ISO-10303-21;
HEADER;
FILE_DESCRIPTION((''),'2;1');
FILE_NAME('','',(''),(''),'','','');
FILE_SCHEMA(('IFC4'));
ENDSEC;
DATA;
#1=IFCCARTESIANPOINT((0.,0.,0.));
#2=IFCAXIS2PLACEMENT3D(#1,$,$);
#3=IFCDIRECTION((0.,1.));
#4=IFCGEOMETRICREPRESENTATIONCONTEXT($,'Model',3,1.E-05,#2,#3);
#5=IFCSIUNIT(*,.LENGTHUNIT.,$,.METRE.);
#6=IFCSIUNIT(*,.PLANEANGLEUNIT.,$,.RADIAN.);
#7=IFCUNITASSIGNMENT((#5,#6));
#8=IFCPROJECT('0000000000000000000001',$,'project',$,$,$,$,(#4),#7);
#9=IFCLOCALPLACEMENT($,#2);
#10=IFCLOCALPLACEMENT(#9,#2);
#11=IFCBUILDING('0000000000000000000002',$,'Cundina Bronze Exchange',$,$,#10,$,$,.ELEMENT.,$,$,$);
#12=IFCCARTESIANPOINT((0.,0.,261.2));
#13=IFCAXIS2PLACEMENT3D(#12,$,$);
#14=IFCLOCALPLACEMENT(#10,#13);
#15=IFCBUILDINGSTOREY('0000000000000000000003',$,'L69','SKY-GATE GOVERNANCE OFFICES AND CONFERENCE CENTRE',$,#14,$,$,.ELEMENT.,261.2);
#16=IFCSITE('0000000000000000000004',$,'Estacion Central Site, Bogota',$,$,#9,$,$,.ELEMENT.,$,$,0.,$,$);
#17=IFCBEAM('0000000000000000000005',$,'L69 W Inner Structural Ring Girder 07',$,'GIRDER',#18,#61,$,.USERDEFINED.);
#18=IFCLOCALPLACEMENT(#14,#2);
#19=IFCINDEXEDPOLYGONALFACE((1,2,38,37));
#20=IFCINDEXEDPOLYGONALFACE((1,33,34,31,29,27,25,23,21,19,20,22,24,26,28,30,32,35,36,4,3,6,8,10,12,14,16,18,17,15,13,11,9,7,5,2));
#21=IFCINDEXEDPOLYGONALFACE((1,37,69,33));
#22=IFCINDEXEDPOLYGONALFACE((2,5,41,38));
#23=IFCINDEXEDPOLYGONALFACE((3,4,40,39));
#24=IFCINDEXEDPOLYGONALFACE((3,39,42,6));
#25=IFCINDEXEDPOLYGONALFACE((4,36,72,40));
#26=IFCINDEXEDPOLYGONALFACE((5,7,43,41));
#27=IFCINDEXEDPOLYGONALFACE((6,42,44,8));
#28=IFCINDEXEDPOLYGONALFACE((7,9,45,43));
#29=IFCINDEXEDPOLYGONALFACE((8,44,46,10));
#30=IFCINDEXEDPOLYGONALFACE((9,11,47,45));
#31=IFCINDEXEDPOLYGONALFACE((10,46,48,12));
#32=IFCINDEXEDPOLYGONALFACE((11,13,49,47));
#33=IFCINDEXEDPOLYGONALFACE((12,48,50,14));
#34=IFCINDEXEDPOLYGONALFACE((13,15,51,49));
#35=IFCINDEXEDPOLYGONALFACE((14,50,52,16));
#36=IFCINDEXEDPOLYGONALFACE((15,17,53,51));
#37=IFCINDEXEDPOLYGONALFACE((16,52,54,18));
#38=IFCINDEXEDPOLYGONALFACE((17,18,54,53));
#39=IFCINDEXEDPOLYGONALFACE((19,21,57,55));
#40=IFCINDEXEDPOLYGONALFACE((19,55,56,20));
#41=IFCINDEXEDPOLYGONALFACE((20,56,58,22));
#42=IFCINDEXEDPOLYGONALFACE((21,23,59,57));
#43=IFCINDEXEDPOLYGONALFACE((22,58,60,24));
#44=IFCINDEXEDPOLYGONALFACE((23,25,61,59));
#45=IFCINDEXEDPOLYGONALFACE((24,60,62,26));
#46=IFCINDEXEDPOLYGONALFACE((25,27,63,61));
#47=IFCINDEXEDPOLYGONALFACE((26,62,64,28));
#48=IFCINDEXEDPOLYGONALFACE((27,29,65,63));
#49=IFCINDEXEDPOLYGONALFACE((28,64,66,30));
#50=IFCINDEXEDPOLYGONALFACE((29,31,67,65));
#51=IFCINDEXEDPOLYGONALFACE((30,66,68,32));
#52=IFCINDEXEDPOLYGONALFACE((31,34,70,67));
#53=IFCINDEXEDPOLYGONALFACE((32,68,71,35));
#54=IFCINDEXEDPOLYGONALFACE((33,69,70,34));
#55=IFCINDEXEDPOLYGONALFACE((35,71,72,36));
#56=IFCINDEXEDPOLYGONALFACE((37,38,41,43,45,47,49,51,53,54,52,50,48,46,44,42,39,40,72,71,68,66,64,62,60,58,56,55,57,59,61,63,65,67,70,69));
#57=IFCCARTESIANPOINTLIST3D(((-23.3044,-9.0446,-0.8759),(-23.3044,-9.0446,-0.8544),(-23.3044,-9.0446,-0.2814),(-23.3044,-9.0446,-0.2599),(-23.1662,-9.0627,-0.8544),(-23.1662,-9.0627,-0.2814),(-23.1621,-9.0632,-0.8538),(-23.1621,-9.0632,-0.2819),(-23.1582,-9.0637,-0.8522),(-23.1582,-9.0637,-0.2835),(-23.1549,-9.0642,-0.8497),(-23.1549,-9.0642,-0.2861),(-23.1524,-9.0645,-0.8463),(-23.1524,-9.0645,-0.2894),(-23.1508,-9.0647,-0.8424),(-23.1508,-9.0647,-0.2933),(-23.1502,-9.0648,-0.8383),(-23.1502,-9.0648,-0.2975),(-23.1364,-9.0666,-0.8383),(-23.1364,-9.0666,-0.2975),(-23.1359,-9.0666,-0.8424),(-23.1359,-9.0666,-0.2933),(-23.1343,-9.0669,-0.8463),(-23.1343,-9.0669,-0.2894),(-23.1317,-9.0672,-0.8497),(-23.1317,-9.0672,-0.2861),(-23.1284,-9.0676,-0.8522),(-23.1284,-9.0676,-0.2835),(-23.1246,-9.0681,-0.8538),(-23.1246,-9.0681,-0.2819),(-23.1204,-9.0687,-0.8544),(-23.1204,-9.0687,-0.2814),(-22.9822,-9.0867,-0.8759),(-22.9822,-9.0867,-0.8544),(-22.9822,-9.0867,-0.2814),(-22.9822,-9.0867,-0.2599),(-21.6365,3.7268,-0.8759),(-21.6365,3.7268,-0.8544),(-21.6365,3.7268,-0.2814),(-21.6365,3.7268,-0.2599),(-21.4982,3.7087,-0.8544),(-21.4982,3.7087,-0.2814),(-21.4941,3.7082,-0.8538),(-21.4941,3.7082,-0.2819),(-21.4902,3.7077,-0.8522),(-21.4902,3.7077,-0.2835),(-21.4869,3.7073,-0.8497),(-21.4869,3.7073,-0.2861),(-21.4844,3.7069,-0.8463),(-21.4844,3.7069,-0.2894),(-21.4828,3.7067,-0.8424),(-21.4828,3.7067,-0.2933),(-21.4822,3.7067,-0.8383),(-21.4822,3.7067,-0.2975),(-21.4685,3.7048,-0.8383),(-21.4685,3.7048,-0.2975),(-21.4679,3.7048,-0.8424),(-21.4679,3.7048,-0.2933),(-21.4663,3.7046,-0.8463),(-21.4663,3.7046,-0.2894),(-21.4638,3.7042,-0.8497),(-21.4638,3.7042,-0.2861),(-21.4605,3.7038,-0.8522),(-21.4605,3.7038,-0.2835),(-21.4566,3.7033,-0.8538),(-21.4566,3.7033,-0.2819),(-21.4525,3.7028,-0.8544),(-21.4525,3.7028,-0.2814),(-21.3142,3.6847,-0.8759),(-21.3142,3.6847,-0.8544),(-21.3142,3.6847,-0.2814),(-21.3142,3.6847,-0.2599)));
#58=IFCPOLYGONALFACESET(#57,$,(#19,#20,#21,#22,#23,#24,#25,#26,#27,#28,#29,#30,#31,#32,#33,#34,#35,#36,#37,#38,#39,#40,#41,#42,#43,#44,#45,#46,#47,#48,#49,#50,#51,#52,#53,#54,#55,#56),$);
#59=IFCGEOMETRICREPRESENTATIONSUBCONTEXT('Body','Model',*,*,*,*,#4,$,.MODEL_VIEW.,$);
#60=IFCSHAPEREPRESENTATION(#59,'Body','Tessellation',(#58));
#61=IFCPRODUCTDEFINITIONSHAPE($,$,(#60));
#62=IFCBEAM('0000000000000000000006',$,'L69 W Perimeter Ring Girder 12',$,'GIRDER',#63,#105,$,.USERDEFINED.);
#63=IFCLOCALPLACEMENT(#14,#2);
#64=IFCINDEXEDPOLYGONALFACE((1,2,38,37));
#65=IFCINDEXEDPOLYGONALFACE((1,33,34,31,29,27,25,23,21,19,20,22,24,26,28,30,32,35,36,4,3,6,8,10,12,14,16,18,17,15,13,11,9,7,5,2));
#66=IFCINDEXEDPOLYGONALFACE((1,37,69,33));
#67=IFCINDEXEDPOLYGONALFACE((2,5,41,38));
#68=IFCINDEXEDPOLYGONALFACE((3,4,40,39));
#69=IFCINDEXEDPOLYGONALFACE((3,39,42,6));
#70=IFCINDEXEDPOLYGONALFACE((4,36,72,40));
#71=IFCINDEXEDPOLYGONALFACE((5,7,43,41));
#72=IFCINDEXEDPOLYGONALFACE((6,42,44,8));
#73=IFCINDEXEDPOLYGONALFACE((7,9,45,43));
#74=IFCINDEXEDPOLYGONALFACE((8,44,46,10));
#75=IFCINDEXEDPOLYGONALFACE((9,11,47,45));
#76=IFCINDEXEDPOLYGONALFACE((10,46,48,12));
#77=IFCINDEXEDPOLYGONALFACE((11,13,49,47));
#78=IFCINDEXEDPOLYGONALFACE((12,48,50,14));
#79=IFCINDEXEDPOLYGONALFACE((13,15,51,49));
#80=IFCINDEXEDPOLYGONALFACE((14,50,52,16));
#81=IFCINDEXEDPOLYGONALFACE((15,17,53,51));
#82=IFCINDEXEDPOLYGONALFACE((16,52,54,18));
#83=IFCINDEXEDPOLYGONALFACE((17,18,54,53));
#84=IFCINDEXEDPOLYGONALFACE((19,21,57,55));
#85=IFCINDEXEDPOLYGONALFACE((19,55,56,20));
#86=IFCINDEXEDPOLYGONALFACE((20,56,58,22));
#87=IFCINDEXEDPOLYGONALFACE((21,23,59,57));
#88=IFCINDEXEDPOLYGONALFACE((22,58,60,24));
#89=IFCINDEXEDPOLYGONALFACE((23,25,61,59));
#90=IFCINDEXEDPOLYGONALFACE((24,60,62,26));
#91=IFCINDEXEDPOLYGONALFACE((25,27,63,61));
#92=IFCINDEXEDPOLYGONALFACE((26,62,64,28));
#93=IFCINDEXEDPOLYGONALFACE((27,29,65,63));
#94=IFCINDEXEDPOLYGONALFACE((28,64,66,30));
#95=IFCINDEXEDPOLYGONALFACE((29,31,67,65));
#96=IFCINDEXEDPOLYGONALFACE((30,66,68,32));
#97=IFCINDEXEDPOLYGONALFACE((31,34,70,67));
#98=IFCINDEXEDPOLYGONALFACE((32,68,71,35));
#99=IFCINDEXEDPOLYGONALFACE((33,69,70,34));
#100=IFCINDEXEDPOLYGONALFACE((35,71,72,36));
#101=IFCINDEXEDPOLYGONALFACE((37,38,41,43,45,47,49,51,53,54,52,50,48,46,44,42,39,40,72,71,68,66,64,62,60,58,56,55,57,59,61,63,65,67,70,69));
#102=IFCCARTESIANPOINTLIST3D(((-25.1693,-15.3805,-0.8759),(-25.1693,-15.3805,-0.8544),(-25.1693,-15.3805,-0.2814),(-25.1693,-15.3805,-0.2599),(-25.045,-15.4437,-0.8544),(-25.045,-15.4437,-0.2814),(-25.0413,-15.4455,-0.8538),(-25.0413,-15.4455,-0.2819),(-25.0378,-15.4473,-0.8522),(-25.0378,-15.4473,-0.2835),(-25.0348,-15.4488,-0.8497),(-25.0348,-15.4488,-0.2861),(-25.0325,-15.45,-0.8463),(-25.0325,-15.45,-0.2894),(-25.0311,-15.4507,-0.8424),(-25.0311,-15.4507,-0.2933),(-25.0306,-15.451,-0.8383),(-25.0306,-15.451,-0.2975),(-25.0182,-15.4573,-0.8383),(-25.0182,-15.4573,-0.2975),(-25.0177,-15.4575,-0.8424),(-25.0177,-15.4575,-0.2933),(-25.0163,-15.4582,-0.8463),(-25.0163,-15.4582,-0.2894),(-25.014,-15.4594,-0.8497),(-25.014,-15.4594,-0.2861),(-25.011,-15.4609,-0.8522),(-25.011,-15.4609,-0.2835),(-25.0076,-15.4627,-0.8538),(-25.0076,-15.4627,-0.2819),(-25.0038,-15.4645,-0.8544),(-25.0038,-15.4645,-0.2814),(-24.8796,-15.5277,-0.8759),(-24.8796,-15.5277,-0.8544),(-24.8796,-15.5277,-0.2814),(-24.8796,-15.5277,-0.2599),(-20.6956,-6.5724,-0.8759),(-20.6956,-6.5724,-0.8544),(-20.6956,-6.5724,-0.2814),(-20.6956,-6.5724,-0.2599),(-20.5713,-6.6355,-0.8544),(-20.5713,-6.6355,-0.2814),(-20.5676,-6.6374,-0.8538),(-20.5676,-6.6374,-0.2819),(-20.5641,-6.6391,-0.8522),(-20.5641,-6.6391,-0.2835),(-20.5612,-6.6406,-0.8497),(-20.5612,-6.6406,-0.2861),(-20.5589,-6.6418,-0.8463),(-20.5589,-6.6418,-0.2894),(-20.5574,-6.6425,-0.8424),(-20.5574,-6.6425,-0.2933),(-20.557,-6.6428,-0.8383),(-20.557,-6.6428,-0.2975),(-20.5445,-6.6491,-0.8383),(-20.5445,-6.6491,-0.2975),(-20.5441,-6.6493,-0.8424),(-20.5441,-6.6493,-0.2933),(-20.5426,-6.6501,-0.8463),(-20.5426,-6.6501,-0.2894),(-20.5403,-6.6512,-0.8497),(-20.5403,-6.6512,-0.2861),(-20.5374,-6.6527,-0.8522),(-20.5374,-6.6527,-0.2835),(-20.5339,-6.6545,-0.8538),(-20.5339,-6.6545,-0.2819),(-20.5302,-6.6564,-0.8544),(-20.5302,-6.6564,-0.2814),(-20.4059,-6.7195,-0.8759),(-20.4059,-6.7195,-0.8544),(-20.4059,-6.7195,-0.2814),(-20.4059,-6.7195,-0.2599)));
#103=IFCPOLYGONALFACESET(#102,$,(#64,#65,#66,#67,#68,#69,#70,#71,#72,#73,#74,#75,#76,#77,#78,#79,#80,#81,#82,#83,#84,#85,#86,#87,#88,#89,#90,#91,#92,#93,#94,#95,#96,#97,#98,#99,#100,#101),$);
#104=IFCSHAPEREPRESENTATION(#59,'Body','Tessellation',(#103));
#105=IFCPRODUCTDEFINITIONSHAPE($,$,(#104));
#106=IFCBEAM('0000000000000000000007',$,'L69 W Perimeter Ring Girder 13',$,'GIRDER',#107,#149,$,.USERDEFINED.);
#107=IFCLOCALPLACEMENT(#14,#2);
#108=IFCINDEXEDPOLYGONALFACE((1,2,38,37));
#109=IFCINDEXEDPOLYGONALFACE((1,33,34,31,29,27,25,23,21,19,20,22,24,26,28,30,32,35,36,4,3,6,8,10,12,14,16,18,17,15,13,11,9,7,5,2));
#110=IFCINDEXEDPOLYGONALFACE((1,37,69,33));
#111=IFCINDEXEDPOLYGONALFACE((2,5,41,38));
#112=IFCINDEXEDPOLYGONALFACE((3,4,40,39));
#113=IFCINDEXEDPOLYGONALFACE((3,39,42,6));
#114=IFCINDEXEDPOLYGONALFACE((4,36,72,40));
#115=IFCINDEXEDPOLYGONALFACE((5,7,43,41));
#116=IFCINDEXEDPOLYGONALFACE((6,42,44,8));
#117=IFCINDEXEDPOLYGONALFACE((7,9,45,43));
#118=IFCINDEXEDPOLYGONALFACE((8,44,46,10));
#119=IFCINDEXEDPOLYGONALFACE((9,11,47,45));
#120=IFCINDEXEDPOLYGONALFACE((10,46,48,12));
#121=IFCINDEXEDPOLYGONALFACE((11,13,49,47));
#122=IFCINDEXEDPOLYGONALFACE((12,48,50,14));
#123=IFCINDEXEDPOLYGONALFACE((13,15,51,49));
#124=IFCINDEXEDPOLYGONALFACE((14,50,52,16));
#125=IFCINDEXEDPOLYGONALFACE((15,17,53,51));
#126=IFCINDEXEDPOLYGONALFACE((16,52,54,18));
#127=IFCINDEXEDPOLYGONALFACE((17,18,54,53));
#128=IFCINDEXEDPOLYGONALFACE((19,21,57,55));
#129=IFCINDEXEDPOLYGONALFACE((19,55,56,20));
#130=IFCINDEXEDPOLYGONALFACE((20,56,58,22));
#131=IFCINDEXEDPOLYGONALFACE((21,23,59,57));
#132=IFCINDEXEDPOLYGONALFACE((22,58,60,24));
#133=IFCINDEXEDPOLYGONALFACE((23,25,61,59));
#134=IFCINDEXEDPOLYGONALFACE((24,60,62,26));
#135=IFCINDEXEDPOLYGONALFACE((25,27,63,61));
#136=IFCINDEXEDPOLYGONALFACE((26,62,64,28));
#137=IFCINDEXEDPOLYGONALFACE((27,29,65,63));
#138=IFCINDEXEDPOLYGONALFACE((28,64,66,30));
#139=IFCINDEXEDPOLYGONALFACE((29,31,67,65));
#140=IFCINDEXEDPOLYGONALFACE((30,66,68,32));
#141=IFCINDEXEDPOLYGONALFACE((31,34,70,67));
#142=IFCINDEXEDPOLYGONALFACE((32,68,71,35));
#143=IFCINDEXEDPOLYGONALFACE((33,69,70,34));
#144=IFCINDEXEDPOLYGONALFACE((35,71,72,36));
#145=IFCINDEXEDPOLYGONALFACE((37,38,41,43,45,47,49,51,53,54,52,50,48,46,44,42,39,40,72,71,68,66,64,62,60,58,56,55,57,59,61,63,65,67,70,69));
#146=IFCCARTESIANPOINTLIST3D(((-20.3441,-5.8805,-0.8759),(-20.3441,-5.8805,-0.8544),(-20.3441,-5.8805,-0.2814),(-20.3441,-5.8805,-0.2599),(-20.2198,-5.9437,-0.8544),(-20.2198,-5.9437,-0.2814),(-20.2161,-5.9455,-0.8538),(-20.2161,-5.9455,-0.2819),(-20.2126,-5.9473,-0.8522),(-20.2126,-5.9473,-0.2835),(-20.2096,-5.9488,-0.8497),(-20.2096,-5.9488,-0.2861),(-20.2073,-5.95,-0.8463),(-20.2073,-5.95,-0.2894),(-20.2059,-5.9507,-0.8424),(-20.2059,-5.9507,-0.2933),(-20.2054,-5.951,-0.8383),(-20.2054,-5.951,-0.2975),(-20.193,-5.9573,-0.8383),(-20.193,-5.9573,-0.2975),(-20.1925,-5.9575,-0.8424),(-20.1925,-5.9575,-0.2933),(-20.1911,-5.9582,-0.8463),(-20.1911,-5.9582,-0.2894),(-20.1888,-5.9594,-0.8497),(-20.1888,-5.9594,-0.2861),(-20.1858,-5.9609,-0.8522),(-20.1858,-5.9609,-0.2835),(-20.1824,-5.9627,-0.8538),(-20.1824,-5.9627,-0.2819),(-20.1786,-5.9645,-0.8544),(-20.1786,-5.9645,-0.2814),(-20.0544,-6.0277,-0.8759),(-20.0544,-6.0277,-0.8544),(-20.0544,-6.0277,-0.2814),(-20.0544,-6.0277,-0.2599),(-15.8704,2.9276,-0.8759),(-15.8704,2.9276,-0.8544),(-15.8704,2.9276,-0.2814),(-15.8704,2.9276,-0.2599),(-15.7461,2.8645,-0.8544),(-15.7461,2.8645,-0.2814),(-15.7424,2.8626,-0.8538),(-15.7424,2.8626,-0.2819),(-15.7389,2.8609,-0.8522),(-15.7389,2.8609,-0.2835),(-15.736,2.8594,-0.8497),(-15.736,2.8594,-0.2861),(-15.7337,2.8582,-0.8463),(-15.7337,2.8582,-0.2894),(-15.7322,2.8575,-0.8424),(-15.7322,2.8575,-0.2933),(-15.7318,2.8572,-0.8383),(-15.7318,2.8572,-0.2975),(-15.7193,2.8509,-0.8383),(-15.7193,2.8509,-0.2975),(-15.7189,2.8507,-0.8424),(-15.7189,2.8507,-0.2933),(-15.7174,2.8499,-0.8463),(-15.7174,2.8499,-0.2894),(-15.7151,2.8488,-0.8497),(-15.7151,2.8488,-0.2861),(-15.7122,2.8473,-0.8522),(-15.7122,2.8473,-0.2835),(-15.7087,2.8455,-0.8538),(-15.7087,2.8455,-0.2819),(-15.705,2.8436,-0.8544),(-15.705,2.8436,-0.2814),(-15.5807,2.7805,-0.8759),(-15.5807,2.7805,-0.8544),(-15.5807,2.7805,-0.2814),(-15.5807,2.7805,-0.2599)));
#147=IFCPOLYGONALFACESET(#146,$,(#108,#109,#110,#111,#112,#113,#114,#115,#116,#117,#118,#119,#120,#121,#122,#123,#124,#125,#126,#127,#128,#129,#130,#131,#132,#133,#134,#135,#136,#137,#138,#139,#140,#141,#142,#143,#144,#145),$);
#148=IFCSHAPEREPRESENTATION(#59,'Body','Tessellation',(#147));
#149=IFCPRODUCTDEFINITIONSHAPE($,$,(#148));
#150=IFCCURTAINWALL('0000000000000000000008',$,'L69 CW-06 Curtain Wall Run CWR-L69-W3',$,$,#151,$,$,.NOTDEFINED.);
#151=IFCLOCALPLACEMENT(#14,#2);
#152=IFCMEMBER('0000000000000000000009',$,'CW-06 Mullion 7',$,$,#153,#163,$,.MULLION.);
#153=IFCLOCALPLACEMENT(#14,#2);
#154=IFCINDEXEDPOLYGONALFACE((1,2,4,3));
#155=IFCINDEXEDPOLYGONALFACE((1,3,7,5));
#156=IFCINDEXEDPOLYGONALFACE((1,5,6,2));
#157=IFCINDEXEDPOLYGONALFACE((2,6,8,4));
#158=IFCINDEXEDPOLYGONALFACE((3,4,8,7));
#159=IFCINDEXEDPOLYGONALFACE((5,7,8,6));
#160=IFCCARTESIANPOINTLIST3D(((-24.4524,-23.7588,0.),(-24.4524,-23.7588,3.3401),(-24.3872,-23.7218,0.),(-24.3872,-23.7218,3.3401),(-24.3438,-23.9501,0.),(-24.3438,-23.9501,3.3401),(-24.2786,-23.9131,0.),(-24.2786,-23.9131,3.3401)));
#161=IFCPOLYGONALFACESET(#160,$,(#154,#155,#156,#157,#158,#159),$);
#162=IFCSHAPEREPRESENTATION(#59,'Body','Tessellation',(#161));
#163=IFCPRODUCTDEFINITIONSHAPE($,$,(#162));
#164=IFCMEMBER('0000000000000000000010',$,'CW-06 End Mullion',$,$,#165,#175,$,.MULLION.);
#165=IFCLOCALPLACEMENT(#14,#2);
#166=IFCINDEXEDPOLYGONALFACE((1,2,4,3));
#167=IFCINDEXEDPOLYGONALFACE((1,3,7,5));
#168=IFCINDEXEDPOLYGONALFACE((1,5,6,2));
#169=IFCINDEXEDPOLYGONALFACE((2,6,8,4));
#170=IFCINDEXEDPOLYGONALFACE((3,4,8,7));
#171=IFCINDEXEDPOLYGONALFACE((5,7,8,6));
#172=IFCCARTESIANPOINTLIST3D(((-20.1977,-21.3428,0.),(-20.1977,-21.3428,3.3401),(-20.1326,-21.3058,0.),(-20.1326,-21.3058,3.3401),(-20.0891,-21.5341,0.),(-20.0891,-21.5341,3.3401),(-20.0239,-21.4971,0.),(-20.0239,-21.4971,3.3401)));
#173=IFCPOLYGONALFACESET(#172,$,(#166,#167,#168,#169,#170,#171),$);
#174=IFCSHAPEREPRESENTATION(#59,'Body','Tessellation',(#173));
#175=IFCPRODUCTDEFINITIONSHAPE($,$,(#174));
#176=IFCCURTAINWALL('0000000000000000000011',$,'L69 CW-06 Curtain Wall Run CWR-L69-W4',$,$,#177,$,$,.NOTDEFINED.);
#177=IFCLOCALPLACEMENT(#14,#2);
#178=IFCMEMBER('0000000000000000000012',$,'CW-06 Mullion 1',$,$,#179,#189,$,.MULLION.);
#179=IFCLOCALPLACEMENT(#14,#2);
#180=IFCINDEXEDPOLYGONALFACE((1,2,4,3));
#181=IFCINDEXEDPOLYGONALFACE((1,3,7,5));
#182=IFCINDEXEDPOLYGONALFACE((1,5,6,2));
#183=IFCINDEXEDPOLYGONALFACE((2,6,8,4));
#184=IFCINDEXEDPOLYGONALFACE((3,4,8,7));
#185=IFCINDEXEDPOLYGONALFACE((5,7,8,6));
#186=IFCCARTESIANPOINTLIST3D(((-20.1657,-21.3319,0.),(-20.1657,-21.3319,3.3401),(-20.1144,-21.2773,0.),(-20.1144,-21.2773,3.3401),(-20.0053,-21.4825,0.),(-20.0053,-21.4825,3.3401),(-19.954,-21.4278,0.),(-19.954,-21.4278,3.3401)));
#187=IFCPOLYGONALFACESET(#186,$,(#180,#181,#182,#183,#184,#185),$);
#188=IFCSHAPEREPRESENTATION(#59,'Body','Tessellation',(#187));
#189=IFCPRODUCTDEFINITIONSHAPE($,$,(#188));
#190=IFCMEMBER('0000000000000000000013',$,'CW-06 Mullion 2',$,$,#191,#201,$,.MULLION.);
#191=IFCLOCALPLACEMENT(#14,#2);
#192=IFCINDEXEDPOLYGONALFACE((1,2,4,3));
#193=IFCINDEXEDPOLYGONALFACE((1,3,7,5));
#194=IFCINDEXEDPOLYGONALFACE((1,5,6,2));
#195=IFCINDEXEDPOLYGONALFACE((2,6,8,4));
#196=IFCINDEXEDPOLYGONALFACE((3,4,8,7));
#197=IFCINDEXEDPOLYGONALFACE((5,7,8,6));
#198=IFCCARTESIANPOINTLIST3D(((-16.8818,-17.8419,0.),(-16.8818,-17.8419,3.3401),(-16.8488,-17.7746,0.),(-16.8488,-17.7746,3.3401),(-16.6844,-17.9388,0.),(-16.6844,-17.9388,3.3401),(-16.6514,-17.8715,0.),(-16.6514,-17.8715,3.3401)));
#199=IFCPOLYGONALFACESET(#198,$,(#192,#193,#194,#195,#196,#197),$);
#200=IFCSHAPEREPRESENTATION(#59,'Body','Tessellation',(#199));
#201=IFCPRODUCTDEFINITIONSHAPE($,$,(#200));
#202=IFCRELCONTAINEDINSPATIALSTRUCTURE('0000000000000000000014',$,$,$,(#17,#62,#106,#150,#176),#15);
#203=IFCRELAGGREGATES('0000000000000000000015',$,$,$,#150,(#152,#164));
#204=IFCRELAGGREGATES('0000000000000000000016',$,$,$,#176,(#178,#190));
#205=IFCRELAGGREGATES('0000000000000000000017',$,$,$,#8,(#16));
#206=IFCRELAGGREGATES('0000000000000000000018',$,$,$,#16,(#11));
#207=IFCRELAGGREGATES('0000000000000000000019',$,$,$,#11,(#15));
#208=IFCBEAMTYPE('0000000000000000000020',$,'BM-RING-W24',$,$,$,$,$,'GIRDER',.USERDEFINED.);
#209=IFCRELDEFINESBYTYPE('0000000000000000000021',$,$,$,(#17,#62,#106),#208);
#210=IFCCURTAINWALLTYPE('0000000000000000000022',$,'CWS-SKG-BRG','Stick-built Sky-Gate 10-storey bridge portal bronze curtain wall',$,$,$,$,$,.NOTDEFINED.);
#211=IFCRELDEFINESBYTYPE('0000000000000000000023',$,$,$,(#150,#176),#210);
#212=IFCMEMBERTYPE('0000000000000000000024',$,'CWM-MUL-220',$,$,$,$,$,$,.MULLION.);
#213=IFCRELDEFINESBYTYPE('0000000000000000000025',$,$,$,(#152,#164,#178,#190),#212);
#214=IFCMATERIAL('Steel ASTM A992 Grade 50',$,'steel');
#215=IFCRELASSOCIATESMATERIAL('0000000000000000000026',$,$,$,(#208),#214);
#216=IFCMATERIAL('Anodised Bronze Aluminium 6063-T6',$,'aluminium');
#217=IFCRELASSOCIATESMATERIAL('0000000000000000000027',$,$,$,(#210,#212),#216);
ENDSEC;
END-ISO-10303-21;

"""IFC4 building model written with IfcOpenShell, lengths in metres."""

from ifc_helpers import new_model, si_unit, direction, frame, origin, origin_2d, place, context, subcontext, project, spatial, rectangle, i_section, extrude, material, material_profile, profile_set, type_object, element, aggregate, save


model = new_model("IFC4")

# Units and contexts
model_context = context("Model", 3, precision=1e-05, world=origin(), true_north=direction((0.0, 1.0)))
body_context = subcontext(model_context, "Body", "Model", "MODEL_VIEW")
ifc_project = project(units=[si_unit("LENGTHUNIT", "METRE"), si_unit("PLANEANGLEUNIT", "RADIAN")], contexts=[model_context])

# Site, building, storey
site_placement = place(None, origin())
site = spatial("IfcSite", under=ifc_project, at=site_placement, Name="Estacion Central Site, Bogota", CompositionType="ELEMENT", RefElevation=0.0)
building_placement = place(site_placement, origin())
building = spatial("IfcBuilding", under=site, at=building_placement, Name="Cundina Bronze Exchange", CompositionType="ELEMENT")
storey_placement = place(building_placement, frame((0.0, 0.0, 261.2)))
storey = spatial("IfcBuildingStorey", under=building, at=storey_placement, Name="L69", Description="SKY-GATE GOVERNANCE OFFICES AND CONFERENCE CENTRE", CompositionType="ELEMENT", Elevation=261.2)

# Beams
ifc_material_1 = material(Name="Steel ASTM A992 Grade 50", Category="steel")
ifc_material_profile_1 = material_profile(ifc_material_1, i_section(OverallWidth=0.325, OverallDepth=0.616, WebThickness=0.0139, FlangeThickness=0.0215, FilletRadius=0.0161, at=origin_2d()), Name="W24X117", Category="steel")
ifc_profile_set_1 = profile_set([ifc_material_profile_1], Name="Steel ASTM A992 Grade 50")
beam_type_1 = type_object("IfcBeamType", Name="BM-RING-W24", ElementType="GIRDER", PredefinedType="USERDEFINED", material=ifc_profile_set_1)
beam_1_placement = place(storey_placement, frame((-23.1433, -9.0657, -0.5679), z_axis=(0.129501, 0.991579, 0.0), x_axis=(-0.991579, 0.129501, 0.0)))
element("IfcBeam", 1, at=beam_1_placement, inside=storey, type_object=beam_type_1, Name="L69 W Inner Structural Ring Girder 07", ObjectType="GIRDER", PredefinedType="USERDEFINED", context=body_context, shape_type="SweptSolid", body=[
    extrude(i_section(OverallWidth=0.325, OverallDepth=0.616, WebThickness=0.0139, FlangeThickness=0.0215, FilletRadius=0.0161, at=origin_2d()), origin(), (0.0, 0.0, 1.0), 12.8799),
])
for number, where, z_axis, x_axis, name in (
    (2, (-25.0244, -15.4541, -0.5679), (0.452839, 0.891592, 0.0), (-0.891592, 0.452839, 0.0), "L69 W Perimeter Ring Girder 12"),
    (3, (-20.1992, -5.9541, -0.5679), (0.452839, 0.891592, 0.0), (-0.891592, 0.452839, 0.0), "L69 W Perimeter Ring Girder 13"),
):
    element("IfcBeam", number, at=place(storey_placement, frame(where, z_axis=z_axis, x_axis=x_axis)), inside=storey, type_object=beam_type_1, Name=name, ObjectType="GIRDER", PredefinedType="USERDEFINED", context=body_context, shape_type="SweptSolid", body=[
        extrude(i_section(OverallWidth=0.325, OverallDepth=0.616, WebThickness=0.0139, FlangeThickness=0.0215, FilletRadius=0.0161, at=origin_2d()), origin(), (0.0, 0.0, 1.0), 9.8792),
    ])

# Curtain walls, members
ifc_material_2 = material(Name="Anodised Bronze Aluminium 6063-T6", Category="aluminium")
curtain_wall_type = type_object("IfcCurtainWallType", Name="CWS-SKG-BRG", Description="Stick-built Sky-Gate 10-storey bridge portal bronze curtain wall", PredefinedType="NOTDEFINED", material=ifc_material_2)
curtain_wall_1_placement = place(storey_placement, origin())
curtain_wall_1 = element("IfcCurtainWall", 4, at=curtain_wall_1_placement, inside=storey, type_object=curtain_wall_type, Name="L69 CW-06 Curtain Wall Run CWR-L69-W3", PredefinedType="NOTDEFINED")
ifc_material_profile_2 = material_profile(ifc_material_2, rectangle(XDim=0.075, YDim=0.22, at=origin_2d()), Name="AL75X220", Category="aluminium")
ifc_profile_set_2 = profile_set([ifc_material_profile_2], Name="Anodised Bronze Aluminium 6063-T6")
member_type_1 = type_object("IfcMemberType", Name="CWM-MUL-220", PredefinedType="MULLION", material=ifc_profile_set_2)
member_1_placement = place(storey_placement, frame((-24.3655, -23.8359, 0.0), z_axis=(0.0, 0.0, 1.0), x_axis=(0.869581, 0.49379, 0.0)))
member_1 = element("IfcMember", 5, at=member_1_placement, type_object=member_type_1, Name="CW-06 Mullion 7", PredefinedType="MULLION", context=body_context, shape_type="SweptSolid", body=[
    extrude(rectangle(XDim=0.075, YDim=0.22, at=origin_2d()), origin(), (0.0, 0.0, 1.0), 3.3401),
])
member_2_placement = place(storey_placement, frame((-20.1108, -21.4199, 0.0), z_axis=(0.0, 0.0, 1.0), x_axis=(0.869581, 0.49379, 0.0)))
member_2 = element("IfcMember", 6, at=member_2_placement, type_object=member_type_1, Name="CW-06 End Mullion", PredefinedType="MULLION", context=body_context, shape_type="SweptSolid", body=[
    extrude(rectangle(XDim=0.075, YDim=0.22, at=origin_2d()), origin(), (0.0, 0.0, 1.0), 3.3401),
])
curtain_wall_2_placement = place(storey_placement, origin())
curtain_wall_2 = element("IfcCurtainWall", 7, at=curtain_wall_2_placement, inside=storey, type_object=curtain_wall_type, Name="L69 CW-06 Curtain Wall Run CWR-L69-W4", PredefinedType="NOTDEFINED")
member_3_placement = place(storey_placement, frame((-20.0598, -21.3799, 0.0), z_axis=(0.0, 0.0, 1.0), x_axis=(0.684293, 0.729208, 0.0)))
member_3 = element("IfcMember", 8, at=member_3_placement, type_object=member_type_1, Name="CW-06 Mullion 1", PredefinedType="MULLION", context=body_context, shape_type="SweptSolid", body=[
    extrude(rectangle(XDim=0.075, YDim=0.22, at=origin_2d()), origin(), (0.0, 0.0, 1.0), 3.3401),
])
member_4_placement = place(storey_placement, frame((-16.7666, -17.8567, 0.0), z_axis=(0.0, 0.0, 1.0), x_axis=(0.440566, 0.89772, 0.0)))
member_4 = element("IfcMember", 9, at=member_4_placement, type_object=member_type_1, Name="CW-06 Mullion 2", PredefinedType="MULLION", context=body_context, shape_type="SweptSolid", body=[
    extrude(rectangle(XDim=0.075, YDim=0.22, at=origin_2d()), origin(), (0.0, 0.0, 1.0), 3.3401),
])

aggregate(curtain_wall_1, [member_1, member_2])
aggregate(curtain_wall_2, [member_3, member_4])

save(model, "model.ifc")
